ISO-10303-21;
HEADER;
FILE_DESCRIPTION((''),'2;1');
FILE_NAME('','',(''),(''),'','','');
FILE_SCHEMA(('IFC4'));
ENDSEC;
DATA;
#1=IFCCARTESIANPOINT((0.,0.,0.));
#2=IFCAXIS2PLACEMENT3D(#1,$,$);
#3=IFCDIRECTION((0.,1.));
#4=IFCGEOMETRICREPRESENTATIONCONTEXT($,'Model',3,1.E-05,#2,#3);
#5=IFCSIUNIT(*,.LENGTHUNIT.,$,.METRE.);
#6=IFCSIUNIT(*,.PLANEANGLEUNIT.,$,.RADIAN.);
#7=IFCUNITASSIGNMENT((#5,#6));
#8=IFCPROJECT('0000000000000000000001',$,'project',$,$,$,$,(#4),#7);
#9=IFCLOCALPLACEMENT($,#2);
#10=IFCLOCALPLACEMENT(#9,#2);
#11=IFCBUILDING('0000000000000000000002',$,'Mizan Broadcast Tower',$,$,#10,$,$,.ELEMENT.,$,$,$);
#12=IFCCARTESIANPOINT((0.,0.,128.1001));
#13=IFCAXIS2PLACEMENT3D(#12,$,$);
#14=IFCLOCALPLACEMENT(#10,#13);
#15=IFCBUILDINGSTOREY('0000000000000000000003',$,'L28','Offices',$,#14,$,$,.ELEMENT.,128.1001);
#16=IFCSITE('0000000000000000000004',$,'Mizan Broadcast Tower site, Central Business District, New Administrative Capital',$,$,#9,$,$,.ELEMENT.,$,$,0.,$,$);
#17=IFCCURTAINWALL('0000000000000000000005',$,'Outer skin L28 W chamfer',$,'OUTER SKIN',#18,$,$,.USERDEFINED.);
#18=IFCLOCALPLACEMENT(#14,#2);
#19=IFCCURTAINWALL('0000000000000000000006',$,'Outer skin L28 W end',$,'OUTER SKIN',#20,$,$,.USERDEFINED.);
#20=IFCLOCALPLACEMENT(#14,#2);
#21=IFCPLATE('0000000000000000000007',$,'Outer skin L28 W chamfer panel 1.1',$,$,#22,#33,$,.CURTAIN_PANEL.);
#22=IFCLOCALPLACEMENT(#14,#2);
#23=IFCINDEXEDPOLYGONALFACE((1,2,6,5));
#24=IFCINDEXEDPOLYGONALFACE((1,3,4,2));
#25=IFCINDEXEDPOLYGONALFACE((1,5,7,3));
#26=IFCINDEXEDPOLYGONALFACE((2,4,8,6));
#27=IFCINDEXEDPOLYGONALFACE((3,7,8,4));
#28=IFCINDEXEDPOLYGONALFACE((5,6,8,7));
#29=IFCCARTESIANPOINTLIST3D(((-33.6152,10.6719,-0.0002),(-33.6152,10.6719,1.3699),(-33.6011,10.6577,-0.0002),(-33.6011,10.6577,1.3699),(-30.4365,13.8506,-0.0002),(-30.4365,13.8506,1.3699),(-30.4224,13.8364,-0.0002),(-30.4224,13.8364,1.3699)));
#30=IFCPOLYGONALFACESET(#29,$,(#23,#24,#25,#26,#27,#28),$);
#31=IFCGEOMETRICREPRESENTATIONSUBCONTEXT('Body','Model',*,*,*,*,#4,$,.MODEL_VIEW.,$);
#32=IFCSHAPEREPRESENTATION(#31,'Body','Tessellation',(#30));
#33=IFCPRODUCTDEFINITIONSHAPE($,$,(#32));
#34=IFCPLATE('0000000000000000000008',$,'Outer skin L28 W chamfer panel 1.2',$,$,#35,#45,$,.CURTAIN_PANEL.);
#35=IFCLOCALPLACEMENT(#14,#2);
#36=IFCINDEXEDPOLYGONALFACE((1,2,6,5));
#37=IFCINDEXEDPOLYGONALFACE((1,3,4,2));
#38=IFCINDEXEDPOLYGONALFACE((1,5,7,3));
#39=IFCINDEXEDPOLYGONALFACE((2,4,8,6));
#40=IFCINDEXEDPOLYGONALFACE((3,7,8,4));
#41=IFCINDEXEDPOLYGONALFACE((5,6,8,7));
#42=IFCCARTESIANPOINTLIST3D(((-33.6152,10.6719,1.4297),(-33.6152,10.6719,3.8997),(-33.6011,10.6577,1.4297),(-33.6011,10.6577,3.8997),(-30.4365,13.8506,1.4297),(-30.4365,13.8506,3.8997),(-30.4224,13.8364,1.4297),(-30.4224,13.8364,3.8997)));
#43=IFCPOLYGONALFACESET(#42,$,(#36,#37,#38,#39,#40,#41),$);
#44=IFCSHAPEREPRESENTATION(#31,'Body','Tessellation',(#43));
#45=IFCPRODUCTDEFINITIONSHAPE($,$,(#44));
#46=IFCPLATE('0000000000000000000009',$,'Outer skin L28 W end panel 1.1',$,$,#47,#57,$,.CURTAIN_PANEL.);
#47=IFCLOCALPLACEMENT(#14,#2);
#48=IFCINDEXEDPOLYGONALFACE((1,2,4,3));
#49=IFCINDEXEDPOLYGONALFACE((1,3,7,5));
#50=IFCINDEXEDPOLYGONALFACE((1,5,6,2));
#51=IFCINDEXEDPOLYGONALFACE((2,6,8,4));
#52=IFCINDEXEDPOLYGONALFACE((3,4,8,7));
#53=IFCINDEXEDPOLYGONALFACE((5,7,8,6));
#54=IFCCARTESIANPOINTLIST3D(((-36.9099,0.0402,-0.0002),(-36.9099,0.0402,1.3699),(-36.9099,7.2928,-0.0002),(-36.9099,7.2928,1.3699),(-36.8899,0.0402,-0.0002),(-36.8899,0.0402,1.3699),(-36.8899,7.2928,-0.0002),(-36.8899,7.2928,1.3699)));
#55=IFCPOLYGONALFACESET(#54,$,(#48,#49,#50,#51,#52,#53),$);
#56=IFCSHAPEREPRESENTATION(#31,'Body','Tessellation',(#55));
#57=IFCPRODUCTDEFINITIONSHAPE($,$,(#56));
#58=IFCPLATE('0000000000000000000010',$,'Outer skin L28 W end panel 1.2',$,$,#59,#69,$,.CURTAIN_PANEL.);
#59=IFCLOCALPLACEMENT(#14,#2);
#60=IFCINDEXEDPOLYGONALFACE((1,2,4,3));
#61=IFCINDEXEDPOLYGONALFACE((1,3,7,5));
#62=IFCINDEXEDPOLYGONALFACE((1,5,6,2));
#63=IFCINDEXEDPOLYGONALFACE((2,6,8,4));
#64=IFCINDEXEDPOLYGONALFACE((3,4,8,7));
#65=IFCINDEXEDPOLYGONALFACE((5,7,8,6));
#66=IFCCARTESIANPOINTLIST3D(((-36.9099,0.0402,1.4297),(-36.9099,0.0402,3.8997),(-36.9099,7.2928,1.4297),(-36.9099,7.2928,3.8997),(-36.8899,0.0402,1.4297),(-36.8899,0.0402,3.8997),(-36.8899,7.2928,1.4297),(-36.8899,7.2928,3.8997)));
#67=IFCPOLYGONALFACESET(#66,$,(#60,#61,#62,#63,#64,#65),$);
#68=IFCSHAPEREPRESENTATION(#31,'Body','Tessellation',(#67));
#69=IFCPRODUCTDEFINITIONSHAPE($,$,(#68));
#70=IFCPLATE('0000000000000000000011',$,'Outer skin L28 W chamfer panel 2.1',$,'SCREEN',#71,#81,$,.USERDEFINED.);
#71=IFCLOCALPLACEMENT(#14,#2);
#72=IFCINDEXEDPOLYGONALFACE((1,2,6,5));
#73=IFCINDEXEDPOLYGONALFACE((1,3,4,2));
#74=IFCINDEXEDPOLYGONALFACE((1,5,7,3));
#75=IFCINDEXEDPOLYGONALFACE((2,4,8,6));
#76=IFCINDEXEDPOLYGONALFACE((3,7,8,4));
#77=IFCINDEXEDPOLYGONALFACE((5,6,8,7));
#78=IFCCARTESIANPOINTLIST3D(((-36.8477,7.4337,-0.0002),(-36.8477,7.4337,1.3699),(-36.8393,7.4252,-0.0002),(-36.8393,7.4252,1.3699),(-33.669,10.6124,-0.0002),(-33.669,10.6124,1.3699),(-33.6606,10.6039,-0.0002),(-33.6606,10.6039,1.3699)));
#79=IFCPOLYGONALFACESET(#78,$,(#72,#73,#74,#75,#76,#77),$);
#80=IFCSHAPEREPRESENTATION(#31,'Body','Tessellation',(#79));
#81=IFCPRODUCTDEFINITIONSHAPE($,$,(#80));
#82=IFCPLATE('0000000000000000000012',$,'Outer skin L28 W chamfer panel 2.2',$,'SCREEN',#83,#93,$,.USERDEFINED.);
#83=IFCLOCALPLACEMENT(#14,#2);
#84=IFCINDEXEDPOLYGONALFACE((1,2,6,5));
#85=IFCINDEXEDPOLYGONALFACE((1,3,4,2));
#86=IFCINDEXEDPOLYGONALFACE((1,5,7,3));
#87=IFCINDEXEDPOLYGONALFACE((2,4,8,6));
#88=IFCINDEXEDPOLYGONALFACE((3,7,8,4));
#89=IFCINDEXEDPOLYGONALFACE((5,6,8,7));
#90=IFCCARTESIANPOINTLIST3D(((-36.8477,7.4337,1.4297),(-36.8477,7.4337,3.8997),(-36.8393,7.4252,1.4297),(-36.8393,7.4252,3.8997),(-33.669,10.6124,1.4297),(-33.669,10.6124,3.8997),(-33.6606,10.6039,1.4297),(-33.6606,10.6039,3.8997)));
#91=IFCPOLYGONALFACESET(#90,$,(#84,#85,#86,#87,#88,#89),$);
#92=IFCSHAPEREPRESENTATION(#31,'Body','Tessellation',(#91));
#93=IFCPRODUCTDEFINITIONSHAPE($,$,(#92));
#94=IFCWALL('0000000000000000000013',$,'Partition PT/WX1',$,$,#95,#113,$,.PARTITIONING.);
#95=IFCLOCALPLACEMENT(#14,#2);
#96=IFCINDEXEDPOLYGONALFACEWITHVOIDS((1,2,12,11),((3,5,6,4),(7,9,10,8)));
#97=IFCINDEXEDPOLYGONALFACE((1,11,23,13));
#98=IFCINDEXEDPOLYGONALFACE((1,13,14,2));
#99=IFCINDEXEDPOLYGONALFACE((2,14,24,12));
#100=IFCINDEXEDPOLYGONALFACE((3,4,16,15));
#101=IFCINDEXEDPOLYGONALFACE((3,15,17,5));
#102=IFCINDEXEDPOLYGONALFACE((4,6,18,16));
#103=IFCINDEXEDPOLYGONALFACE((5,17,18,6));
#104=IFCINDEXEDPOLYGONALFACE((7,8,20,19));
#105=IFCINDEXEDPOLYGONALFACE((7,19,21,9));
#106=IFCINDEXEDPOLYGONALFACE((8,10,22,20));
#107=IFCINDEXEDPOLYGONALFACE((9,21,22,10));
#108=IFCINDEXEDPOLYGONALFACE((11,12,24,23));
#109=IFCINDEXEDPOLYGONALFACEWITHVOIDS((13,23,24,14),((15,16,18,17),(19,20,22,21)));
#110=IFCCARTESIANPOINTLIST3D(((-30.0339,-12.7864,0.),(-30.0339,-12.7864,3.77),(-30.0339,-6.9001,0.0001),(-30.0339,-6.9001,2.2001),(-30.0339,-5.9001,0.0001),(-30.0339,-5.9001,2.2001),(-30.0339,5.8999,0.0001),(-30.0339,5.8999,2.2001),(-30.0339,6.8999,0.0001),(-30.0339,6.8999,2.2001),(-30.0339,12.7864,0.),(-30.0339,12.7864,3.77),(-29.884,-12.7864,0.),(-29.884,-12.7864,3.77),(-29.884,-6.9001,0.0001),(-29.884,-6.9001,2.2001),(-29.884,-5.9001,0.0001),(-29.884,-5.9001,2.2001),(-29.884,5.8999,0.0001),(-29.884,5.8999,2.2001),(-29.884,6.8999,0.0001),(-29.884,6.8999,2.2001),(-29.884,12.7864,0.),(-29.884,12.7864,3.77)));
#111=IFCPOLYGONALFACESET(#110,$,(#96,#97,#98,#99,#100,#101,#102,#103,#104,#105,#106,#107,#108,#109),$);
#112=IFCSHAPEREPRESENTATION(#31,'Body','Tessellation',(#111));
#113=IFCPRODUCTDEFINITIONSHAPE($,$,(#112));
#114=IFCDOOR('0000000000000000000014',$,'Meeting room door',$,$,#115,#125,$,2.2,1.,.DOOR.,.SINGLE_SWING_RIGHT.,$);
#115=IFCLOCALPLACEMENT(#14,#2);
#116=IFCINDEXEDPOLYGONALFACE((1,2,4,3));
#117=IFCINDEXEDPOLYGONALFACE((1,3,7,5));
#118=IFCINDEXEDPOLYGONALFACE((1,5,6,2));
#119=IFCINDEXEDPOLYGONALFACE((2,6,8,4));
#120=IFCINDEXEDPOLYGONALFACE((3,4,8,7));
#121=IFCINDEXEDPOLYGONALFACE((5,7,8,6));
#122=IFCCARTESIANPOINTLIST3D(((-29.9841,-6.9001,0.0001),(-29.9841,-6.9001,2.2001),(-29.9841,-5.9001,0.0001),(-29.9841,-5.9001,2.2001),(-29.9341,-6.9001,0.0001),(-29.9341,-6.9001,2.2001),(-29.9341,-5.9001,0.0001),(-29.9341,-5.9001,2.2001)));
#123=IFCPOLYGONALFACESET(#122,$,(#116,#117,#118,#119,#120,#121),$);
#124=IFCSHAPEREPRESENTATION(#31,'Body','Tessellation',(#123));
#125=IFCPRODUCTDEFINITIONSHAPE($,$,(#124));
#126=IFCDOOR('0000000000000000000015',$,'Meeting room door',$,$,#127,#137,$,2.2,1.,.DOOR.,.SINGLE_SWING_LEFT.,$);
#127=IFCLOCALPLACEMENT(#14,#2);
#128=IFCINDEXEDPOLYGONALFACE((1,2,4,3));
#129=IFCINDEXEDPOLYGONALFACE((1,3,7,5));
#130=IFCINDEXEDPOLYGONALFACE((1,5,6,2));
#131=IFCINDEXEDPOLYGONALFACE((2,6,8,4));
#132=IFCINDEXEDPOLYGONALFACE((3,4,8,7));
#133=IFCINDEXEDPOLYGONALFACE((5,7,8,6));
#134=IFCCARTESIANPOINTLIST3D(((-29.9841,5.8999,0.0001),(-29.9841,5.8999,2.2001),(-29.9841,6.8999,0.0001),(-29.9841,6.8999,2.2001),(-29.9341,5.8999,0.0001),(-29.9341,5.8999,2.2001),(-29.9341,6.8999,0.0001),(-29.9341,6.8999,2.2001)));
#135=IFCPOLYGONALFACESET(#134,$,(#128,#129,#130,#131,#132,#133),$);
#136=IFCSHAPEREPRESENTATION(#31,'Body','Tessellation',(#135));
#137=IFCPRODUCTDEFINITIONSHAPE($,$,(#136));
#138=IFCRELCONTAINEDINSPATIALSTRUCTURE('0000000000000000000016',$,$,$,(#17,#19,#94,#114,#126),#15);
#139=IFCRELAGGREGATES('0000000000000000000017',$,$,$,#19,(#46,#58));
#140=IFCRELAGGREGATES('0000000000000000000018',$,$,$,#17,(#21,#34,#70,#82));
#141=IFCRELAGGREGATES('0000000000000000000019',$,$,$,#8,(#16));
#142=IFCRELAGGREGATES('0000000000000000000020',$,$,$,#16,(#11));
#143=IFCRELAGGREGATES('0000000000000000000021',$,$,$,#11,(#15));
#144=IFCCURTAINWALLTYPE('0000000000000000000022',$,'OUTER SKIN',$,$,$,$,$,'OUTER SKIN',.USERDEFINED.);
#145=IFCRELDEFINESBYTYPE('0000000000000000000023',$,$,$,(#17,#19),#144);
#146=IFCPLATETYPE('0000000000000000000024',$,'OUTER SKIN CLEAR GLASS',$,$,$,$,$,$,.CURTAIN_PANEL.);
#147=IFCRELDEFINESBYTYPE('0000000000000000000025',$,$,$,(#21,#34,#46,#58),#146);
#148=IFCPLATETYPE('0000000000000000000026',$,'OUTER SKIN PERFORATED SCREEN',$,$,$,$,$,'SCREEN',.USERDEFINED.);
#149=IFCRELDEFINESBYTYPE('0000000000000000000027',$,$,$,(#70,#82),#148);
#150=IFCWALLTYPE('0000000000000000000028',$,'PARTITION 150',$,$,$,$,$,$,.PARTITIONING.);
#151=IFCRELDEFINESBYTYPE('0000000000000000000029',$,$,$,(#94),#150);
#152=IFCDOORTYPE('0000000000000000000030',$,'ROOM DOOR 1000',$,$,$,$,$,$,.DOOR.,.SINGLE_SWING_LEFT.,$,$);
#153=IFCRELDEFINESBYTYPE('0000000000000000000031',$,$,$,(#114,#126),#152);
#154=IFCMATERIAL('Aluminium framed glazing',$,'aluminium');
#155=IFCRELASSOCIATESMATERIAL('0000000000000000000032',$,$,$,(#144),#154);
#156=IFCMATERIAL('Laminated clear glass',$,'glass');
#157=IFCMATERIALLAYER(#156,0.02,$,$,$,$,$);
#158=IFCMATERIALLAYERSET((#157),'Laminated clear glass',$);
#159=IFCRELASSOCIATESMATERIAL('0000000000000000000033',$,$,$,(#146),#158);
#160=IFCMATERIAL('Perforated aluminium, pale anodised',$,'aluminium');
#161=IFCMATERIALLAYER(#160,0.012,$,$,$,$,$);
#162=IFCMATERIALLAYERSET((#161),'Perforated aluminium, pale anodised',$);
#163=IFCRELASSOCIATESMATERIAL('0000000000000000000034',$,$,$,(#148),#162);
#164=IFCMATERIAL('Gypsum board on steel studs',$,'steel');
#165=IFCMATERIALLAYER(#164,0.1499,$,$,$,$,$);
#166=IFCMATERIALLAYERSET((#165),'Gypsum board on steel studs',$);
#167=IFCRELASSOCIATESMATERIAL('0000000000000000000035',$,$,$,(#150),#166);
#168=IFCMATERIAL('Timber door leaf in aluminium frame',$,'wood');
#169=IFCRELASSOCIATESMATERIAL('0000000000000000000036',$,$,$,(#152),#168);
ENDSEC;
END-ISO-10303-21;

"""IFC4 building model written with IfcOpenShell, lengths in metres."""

from ifc_helpers import new_model, si_unit, direction, frame, frame_2d, origin, origin_2d, place, context, subcontext, project, spatial, rectangle, extrude, material, layer, layer_set, type_object, element, fill, aggregate, save


model = new_model("IFC4")

# Units and contexts
model_context = context("Model", 3, precision=1e-05, world=origin(), true_north=direction((0.0, 1.0)))
body_context = subcontext(model_context, "Body", "Model", "MODEL_VIEW")
ifc_project = project(units=[si_unit("LENGTHUNIT", "METRE"), si_unit("PLANEANGLEUNIT", "RADIAN")], contexts=[model_context])

# Site, building, storey
site_placement = place(None, origin())
site = spatial("IfcSite", under=ifc_project, at=site_placement, Name="Mizan Broadcast Tower site, Central Business District, New Administrative Capital", CompositionType="ELEMENT", RefElevation=0.0)
building_placement = place(site_placement, origin())
building = spatial("IfcBuilding", under=site, at=building_placement, Name="Mizan Broadcast Tower", CompositionType="ELEMENT")
storey_placement = place(building_placement, frame((0.0, 0.0, 128.1001)))
storey = spatial("IfcBuildingStorey", under=building, at=storey_placement, Name="L28", Description="Offices", CompositionType="ELEMENT", Elevation=128.1001)

# Shared definitions
ifc_material_1 = material(Name="Aluminium framed glazing", Category="aluminium")
curtain_wall_type_1 = type_object("IfcCurtainWallType", Name="OUTER SKIN", ElementType="OUTER SKIN", PredefinedType="USERDEFINED", material=ifc_material_1)

# Curtain wall
curtain_wall_1_placement = place(storey_placement, origin())
curtain_wall_1 = element("IfcCurtainWall", 1, at=curtain_wall_1_placement, inside=storey, type_object=curtain_wall_type_1, Name="Outer skin L28 W chamfer", ObjectType="OUTER SKIN", PredefinedType="USERDEFINED")

# Curtain wall
curtain_wall_2_placement = place(storey_placement, origin())
curtain_wall_2 = element("IfcCurtainWall", 2, at=curtain_wall_2_placement, inside=storey, type_object=curtain_wall_type_1, Name="Outer skin L28 W end", ObjectType="OUTER SKIN", PredefinedType="USERDEFINED")

# Plates
ifc_material_2 = material(Name="Laminated clear glass", Category="glass")
ifc_layer_1 = layer(ifc_material_2, 0.02)
ifc_layer_set_1 = layer_set([ifc_layer_1], Name="Laminated clear glass")
plate_type_1 = type_object("IfcPlateType", Name="OUTER SKIN CLEAR GLASS", PredefinedType="CURTAIN_PANEL", material=ifc_layer_set_1)
plate_1_placement = place(storey_placement, frame((-32.0188, 12.2542, -0.0002), z_axis=(0.0, 0.0, 1.0), x_axis=(-0.707107, -0.707107, 0.0)))
plate_1 = element("IfcPlate", 3, at=plate_1_placement, type_object=plate_type_1, Name="Outer skin L28 W chamfer panel 1.1", PredefinedType="CURTAIN_PANEL", context=body_context, shape_type="SweptSolid", body=[
    extrude(rectangle(XDim=4.4954, YDim=0.02, at=origin_2d()), origin(), (0.0, 0.0, 1.0), 1.3701),
])
plate_2_placement = place(storey_placement, frame((-32.0188, 12.2542, 1.4297), z_axis=(0.0, 0.0, 1.0), x_axis=(-0.707107, -0.707107, 0.0)))
plate_2 = element("IfcPlate", 4, at=plate_2_placement, type_object=plate_type_1, Name="Outer skin L28 W chamfer panel 1.2", PredefinedType="CURTAIN_PANEL", context=body_context, shape_type="SweptSolid", body=[
    extrude(rectangle(XDim=4.4954, YDim=0.02, at=origin_2d()), origin(), (0.0, 0.0, 1.0), 2.47),
])
plate_3_placement = place(storey_placement, frame((-36.8999, 3.6665, -0.0002), z_axis=(0.0, 0.0, 1.0), x_axis=(0.0, -1.0, 0.0)))
plate_3 = element("IfcPlate", 5, at=plate_3_placement, type_object=plate_type_1, Name="Outer skin L28 W end panel 1.1", PredefinedType="CURTAIN_PANEL", context=body_context, shape_type="SweptSolid", body=[
    extrude(rectangle(XDim=7.2527, YDim=0.02, at=origin_2d()), origin(), (0.0, 0.0, 1.0), 1.3701),
])
plate_4_placement = place(storey_placement, frame((-36.8999, 3.6665, 1.4297), z_axis=(0.0, 0.0, 1.0), x_axis=(0.0, -1.0, 0.0)))
plate_4 = element("IfcPlate", 6, at=plate_4_placement, type_object=plate_type_1, Name="Outer skin L28 W end panel 1.2", PredefinedType="CURTAIN_PANEL", context=body_context, shape_type="SweptSolid", body=[
    extrude(rectangle(XDim=7.2527, YDim=0.02, at=origin_2d()), origin(), (0.0, 0.0, 1.0), 2.47),
])
aggregate(curtain_wall_2, [plate_3, plate_4])
ifc_material_3 = material(Name="Perforated aluminium, pale anodised", Category="aluminium")
ifc_layer_2 = layer(ifc_material_3, 0.012)
ifc_layer_set_2 = layer_set([ifc_layer_2], Name="Perforated aluminium, pale anodised")
plate_type_2 = type_object("IfcPlateType", Name="OUTER SKIN PERFORATED SCREEN", ElementType="SCREEN", PredefinedType="USERDEFINED", material=ifc_layer_set_2)
plate_5_placement = place(storey_placement, frame((-35.2542, 9.0188, -0.0002), z_axis=(0.0, 0.0, 1.0), x_axis=(-0.707107, -0.707107, 0.0)))
plate_5 = element("IfcPlate", 7, at=plate_5_placement, type_object=plate_type_2, Name="Outer skin L28 W chamfer panel 2.1", ObjectType="SCREEN", PredefinedType="USERDEFINED", context=body_context, shape_type="SweptSolid", body=[
    extrude(rectangle(XDim=4.4954, YDim=0.012, at=origin_2d()), origin(), (0.0, 0.0, 1.0), 1.3701),
])
plate_6_placement = place(storey_placement, frame((-35.2542, 9.0188, 1.4297), z_axis=(0.0, 0.0, 1.0), x_axis=(-0.707107, -0.707107, 0.0)))
plate_6 = element("IfcPlate", 8, at=plate_6_placement, type_object=plate_type_2, Name="Outer skin L28 W chamfer panel 2.2", ObjectType="SCREEN", PredefinedType="USERDEFINED", context=body_context, shape_type="SweptSolid", body=[
    extrude(rectangle(XDim=4.4954, YDim=0.012, at=origin_2d()), origin(), (0.0, 0.0, 1.0), 2.47),
])
aggregate(curtain_wall_1, [plate_1, plate_2, plate_5, plate_6])

# Wall, openings, doors
ifc_material_4 = material(Name="Gypsum board on steel studs", Category="steel")
ifc_layer_3 = layer(ifc_material_4, 0.1499)
ifc_layer_set_3 = layer_set([ifc_layer_3], Name="Gypsum board on steel studs")
wall_type = type_object("IfcWallType", Name="PARTITION 150", PredefinedType="PARTITIONING", material=ifc_layer_set_3)
wall_placement = place(storey_placement, frame((-29.959, 12.7864, 0.0), z_axis=(0.0, 0.0, 1.0), x_axis=(0.0, -1.0, 0.0)))
wall = element("IfcWall", 9, at=wall_placement, inside=storey, type_object=wall_type, Name="Partition PT/WX1", PredefinedType="PARTITIONING", context=body_context, shape_type="SweptSolid", body=[
    extrude(rectangle(XDim=25.5728, YDim=0.1499, at=frame_2d((12.7864, 0.0))), origin(), (0.0, 0.0, 1.0), 3.77),
])
opening_1_placement = place(wall_placement, frame((18.6865, 0.0, 0.0)))
opening_1 = element("IfcOpeningElement", 10, at=opening_1_placement, cuts=wall, PredefinedType="OPENING", context=body_context, shape_type="SweptSolid", body=[
    extrude(rectangle(XDim=1.0, YDim=2.2, at=frame_2d((0.5, 1.1001))), frame((0.0, 0.085, 0.0), z_axis=(0.0, -1.0, 0.0), x_axis=(1.0, 0.0, 0.0)), (0.0, 0.0, 1.0), 0.1699),
])
opening_2_placement = place(wall_placement, frame((5.8865, 0.0, 0.0)))
opening_2 = element("IfcOpeningElement", 11, at=opening_2_placement, cuts=wall, PredefinedType="OPENING", context=body_context, shape_type="SweptSolid", body=[
    extrude(rectangle(XDim=1.0, YDim=2.2, at=frame_2d((0.5, 1.1001))), frame((0.0, 0.085, 0.0), z_axis=(0.0, -1.0, 0.0), x_axis=(1.0, 0.0, 0.0)), (0.0, 0.0, 1.0), 0.1699),
])
ifc_material_5 = material(Name="Timber door leaf in aluminium frame", Category="wood")
door_type = type_object("IfcDoorType", Name="ROOM DOOR 1000", OperationType="SINGLE_SWING_LEFT", PredefinedType="DOOR", material=ifc_material_5)
door_1_placement = place(opening_1_placement, origin())
door_1 = element("IfcDoor", 12, at=door_1_placement, inside=storey, type_object=door_type, Name="Meeting room door", OperationType="SINGLE_SWING_RIGHT", OverallHeight=2.2, OverallWidth=1.0, PredefinedType="DOOR", context=body_context, shape_type="SweptSolid", body=[
    extrude(rectangle(XDim=1.0, YDim=2.2, at=frame_2d((0.5, 1.1001))), frame((0.0, 0.0249, 0.0), z_axis=(0.0, -1.0, 0.0), x_axis=(1.0, 0.0, 0.0)), (0.0, 0.0, 1.0), 0.05),
])
fill(opening_1, door_1)
door_2_placement = place(opening_2_placement, origin())
door_2 = element("IfcDoor", 13, at=door_2_placement, inside=storey, type_object=door_type, Name="Meeting room door", OperationType="SINGLE_SWING_LEFT", OverallHeight=2.2, OverallWidth=1.0, PredefinedType="DOOR", context=body_context, shape_type="SweptSolid", body=[
    extrude(rectangle(XDim=1.0, YDim=2.2, at=frame_2d((0.5, 1.1001))), frame((0.0, 0.0249, 0.0), z_axis=(0.0, -1.0, 0.0), x_axis=(1.0, 0.0, 0.0)), (0.0, 0.0, 1.0), 0.05),
])
fill(opening_2, door_2)

save(model, "model.ifc")
